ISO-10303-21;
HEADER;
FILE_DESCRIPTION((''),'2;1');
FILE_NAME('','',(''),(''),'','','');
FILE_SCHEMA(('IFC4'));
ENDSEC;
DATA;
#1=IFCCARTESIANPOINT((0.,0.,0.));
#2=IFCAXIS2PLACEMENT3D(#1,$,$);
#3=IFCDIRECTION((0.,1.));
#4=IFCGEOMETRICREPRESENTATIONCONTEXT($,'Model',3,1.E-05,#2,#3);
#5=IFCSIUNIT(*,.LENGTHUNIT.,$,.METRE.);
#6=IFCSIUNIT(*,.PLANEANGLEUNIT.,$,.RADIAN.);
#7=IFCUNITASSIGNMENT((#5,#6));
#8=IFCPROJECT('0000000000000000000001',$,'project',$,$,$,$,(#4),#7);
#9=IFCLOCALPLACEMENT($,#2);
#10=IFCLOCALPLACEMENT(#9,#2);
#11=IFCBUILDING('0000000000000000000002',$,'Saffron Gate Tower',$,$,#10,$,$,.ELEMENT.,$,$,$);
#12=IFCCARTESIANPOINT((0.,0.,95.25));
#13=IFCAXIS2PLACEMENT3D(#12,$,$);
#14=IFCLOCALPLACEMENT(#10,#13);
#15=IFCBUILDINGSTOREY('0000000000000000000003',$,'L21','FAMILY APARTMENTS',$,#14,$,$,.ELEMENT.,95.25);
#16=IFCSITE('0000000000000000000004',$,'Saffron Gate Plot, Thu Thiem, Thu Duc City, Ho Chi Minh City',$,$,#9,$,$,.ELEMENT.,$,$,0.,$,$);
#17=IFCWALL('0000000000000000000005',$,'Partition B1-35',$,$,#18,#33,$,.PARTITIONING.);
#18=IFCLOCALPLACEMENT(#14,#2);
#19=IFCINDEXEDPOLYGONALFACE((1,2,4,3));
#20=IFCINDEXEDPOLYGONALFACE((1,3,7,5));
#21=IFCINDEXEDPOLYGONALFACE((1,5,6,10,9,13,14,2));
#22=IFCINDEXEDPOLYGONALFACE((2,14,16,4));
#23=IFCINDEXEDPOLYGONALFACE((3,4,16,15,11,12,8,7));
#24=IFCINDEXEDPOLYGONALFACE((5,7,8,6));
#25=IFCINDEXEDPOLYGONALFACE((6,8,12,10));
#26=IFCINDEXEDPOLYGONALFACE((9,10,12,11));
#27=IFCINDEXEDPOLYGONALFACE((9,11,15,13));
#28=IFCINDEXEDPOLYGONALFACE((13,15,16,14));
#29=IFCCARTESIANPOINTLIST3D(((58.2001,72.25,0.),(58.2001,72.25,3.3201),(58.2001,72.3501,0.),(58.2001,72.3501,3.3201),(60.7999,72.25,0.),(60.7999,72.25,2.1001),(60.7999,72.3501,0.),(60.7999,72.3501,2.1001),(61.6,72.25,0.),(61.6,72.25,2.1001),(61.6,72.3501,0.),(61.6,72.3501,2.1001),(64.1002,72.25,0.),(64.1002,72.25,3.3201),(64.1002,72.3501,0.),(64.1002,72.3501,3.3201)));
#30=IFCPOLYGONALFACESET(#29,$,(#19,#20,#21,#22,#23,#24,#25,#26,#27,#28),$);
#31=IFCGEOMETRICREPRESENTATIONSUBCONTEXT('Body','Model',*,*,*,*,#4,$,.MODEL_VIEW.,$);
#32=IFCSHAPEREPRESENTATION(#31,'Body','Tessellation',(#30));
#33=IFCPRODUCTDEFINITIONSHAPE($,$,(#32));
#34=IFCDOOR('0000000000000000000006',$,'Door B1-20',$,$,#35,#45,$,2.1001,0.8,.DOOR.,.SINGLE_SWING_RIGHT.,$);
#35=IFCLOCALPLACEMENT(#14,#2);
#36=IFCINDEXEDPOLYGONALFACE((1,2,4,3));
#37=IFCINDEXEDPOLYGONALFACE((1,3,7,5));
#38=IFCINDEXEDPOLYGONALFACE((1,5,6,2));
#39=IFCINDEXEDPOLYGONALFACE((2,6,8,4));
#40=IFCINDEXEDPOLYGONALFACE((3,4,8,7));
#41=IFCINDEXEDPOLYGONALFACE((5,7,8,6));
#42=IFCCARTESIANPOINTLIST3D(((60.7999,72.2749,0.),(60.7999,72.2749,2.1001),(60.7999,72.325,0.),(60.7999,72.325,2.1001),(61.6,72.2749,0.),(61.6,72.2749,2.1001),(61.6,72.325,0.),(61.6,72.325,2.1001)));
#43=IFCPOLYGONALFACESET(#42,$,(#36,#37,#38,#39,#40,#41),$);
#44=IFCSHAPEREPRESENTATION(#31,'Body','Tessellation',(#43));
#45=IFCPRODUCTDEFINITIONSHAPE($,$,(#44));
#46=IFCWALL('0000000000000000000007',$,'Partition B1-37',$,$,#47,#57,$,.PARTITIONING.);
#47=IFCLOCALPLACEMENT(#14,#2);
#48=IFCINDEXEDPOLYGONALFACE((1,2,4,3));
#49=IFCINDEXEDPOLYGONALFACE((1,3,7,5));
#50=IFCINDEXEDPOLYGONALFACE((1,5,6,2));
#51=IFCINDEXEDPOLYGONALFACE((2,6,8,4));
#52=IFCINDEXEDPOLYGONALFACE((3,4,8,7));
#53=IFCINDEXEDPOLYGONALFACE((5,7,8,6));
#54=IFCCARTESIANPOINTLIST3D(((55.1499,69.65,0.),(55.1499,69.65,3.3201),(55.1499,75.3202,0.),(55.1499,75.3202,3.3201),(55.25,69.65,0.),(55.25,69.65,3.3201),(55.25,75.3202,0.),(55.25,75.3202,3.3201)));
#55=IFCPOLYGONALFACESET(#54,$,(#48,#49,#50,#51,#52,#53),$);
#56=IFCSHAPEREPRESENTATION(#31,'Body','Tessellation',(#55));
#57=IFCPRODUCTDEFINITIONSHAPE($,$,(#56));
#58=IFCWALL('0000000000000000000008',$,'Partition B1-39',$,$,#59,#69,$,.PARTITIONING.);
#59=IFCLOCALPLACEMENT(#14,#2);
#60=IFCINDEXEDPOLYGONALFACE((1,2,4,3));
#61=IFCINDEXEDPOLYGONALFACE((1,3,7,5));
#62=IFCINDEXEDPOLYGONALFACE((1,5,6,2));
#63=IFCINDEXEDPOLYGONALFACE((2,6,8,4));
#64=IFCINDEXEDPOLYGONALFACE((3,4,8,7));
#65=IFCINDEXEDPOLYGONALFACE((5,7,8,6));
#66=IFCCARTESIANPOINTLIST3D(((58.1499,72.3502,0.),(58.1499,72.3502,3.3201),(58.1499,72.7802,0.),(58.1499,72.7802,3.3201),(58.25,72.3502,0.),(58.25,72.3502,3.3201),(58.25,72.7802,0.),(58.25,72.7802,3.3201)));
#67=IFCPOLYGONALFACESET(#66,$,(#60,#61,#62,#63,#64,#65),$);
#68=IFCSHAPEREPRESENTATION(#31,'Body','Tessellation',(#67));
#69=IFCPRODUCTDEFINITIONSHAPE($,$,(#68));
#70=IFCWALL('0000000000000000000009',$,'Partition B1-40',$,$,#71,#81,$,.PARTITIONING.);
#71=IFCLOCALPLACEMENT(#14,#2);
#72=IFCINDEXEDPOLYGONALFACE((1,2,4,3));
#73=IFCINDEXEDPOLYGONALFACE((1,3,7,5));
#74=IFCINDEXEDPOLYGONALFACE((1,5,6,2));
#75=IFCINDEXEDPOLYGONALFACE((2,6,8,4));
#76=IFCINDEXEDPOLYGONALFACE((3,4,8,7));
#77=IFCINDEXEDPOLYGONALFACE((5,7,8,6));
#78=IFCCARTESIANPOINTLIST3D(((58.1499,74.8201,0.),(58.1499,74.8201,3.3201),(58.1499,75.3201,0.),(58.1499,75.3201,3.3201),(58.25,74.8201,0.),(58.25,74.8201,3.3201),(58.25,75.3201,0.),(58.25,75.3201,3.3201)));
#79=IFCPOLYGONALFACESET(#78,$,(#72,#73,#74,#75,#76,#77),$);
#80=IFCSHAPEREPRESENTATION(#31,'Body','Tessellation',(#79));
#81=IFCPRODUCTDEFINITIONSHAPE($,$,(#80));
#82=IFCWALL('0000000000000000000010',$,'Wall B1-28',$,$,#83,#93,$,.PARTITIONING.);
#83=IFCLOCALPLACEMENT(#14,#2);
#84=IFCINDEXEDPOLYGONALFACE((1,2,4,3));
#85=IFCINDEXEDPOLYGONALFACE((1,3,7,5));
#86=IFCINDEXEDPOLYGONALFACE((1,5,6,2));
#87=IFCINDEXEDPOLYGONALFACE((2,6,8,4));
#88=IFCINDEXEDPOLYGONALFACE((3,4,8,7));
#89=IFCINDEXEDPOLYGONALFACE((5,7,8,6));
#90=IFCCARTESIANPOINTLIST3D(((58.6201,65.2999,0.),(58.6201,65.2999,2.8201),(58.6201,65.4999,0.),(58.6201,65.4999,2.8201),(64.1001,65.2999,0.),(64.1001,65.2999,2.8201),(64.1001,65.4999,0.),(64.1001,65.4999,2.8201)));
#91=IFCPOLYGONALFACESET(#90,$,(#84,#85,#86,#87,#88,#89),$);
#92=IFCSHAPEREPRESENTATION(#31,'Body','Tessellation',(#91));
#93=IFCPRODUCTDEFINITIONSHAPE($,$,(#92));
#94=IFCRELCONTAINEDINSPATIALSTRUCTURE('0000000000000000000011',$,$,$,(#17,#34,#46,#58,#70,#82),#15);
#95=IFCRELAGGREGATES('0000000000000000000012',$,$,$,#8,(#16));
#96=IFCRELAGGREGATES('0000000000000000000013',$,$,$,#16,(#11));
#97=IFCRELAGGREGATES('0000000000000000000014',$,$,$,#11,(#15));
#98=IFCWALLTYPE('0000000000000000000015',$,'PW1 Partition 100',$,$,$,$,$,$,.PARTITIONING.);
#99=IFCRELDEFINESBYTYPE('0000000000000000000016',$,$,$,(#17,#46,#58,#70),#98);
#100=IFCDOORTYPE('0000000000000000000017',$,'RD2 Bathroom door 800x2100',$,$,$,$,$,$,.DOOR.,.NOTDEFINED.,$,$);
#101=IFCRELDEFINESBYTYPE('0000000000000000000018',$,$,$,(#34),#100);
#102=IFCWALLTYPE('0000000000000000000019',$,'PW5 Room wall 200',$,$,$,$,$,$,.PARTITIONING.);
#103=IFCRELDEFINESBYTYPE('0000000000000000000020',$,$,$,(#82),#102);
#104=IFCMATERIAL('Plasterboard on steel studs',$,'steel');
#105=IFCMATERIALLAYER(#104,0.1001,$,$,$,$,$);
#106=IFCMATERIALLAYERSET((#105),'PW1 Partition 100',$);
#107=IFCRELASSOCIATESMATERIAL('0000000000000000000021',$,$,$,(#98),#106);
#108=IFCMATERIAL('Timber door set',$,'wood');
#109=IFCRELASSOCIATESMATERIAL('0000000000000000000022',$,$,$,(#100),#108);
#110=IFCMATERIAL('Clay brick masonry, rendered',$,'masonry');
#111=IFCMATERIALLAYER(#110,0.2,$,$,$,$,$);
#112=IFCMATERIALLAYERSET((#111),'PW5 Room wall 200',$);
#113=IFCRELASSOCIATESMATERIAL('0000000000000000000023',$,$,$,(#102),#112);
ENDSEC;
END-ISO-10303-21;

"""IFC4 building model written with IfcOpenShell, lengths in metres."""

from ifc_helpers import new_model, si_unit, direction, frame, frame_2d, origin, place, context, subcontext, project, spatial, rectangle, extrude, material, layer, layer_set, type_object, element, fill, save


model = new_model("IFC4")

# Units and contexts
model_context = context("Model", 3, precision=1e-05, world=origin(), true_north=direction((0.0, 1.0)))
body_context = subcontext(model_context, "Body", "Model", "MODEL_VIEW")
ifc_project = project(units=[si_unit("LENGTHUNIT", "METRE"), si_unit("PLANEANGLEUNIT", "RADIAN")], contexts=[model_context])

# Site, building, storey
site_placement = place(None, origin())
site = spatial("IfcSite", under=ifc_project, at=site_placement, Name="Saffron Gate Plot, Thu Thiem, Thu Duc City, Ho Chi Minh City", CompositionType="ELEMENT", RefElevation=0.0)
building_placement = place(site_placement, origin())
building = spatial("IfcBuilding", under=site, at=building_placement, Name="Saffron Gate Tower", CompositionType="ELEMENT")
storey_placement = place(building_placement, frame((0.0, 0.0, 95.25)))
storey = spatial("IfcBuildingStorey", under=building, at=storey_placement, Name="L21", Description="FAMILY APARTMENTS", CompositionType="ELEMENT", Elevation=95.25)

# Wall, opening, door
ifc_material_1 = material(Name="Plasterboard on steel studs", Category="steel")
ifc_layer_1 = layer(ifc_material_1, 0.1001)
ifc_layer_set_1 = layer_set([ifc_layer_1], Name="PW1 Partition 100")
wall_type_1 = type_object("IfcWallType", Name="PW1 Partition 100", PredefinedType="PARTITIONING", material=ifc_layer_set_1)
wall_1_placement = place(storey_placement, frame((58.2, 72.3, 0.0), z_axis=(0.0, 0.0, 1.0), x_axis=(1.0, 0.0, 0.0)))
wall_1 = element("IfcWall", 1, at=wall_1_placement, inside=storey, type_object=wall_type_1, Name="Partition B1-35", PredefinedType="PARTITIONING", context=body_context, shape_type="SweptSolid", body=[
    extrude(rectangle(XDim=5.9001, YDim=0.1001, at=frame_2d((2.9502, 0.0))), origin(), (0.0, 0.0, 1.0), 3.3201),
])
opening_1_placement = place(wall_1_placement, frame((2.6001, 0.0, 0.0)))
opening_1 = element("IfcOpeningElement", 2, at=opening_1_placement, cuts=wall_1, PredefinedType="OPENING", context=body_context, shape_type="SweptSolid", body=[
    extrude(rectangle(XDim=0.8, YDim=2.1001, at=frame_2d((0.3999, 1.05))), frame((0.0, 0.0601, 0.0), z_axis=(0.0, -1.0, 0.0), x_axis=(1.0, 0.0, 0.0)), (0.0, 0.0, 1.0), 0.1201),
])
ifc_material_2 = material(Name="Timber door set", Category="wood")
door_type_1 = type_object("IfcDoorType", Name="RD2 Bathroom door 800x2100", OperationType="NOTDEFINED", PredefinedType="DOOR", material=ifc_material_2)
door_1_placement = place(opening_1_placement, origin())
door_1 = element("IfcDoor", 3, at=door_1_placement, inside=storey, type_object=door_type_1, Name="Door B1-20", OperationType="SINGLE_SWING_RIGHT", OverallHeight=2.1001, OverallWidth=0.8, PredefinedType="DOOR", context=body_context, shape_type="SweptSolid", body=[
    extrude(rectangle(XDim=0.8, YDim=2.1001, at=frame_2d((0.3999, 1.05))), frame((0.0, 0.0249, 0.0), z_axis=(0.0, -1.0, 0.0), x_axis=(1.0, 0.0, 0.0)), (0.0, 0.0, 1.0), 0.05),
])
fill(opening_1, door_1)

# Walls
wall_2_placement = place(storey_placement, frame((55.2, 75.3201, 0.0), z_axis=(0.0, 0.0, 1.0), x_axis=(0.0, -1.0, 0.0)))
element("IfcWall", 4, at=wall_2_placement, inside=storey, type_object=wall_type_1, Name="Partition B1-37", PredefinedType="PARTITIONING", context=body_context, shape_type="SweptSolid", body=[
    extrude(rectangle(XDim=5.6702, YDim=0.1001, at=frame_2d((2.835, 0.0))), origin(), (0.0, 0.0, 1.0), 3.3201),
])
wall_3_placement = place(storey_placement, frame((58.2, 72.78, 0.0), z_axis=(0.0, 0.0, 1.0), x_axis=(0.0, -1.0, 0.0)))
element("IfcWall", 5, at=wall_3_placement, inside=storey, type_object=wall_type_1, Name="Partition B1-39", PredefinedType="PARTITIONING", context=body_context, shape_type="SweptSolid", body=[
    extrude(rectangle(XDim=0.4299, YDim=0.1001, at=frame_2d((0.2148, 0.0))), origin(), (0.0, 0.0, 1.0), 3.3201),
])
wall_4_placement = place(storey_placement, frame((58.2, 75.3201, 0.0), z_axis=(0.0, 0.0, 1.0), x_axis=(0.0, -1.0, 0.0)))
element("IfcWall", 6, at=wall_4_placement, inside=storey, type_object=wall_type_1, Name="Partition B1-40", PredefinedType="PARTITIONING", context=body_context, shape_type="SweptSolid", body=[
    extrude(rectangle(XDim=0.5, YDim=0.1001, at=frame_2d((0.25, 0.0))), origin(), (0.0, 0.0, 1.0), 3.3201),
])
ifc_material_3 = material(Name="Clay brick masonry, rendered", Category="masonry")
ifc_layer_2 = layer(ifc_material_3, 0.2)
ifc_layer_set_2 = layer_set([ifc_layer_2], Name="PW5 Room wall 200")
wall_type_2 = type_object("IfcWallType", Name="PW5 Room wall 200", PredefinedType="PARTITIONING", material=ifc_layer_set_2)
wall_5_placement = place(storey_placement, frame((58.6201, 65.3999, 0.0), z_axis=(0.0, 0.0, 1.0), x_axis=(1.0, 0.0, 0.0)))
element("IfcWall", 7, at=wall_5_placement, inside=storey, type_object=wall_type_2, Name="Wall B1-28", PredefinedType="PARTITIONING", context=body_context, shape_type="SweptSolid", body=[
    extrude(rectangle(XDim=5.48, YDim=0.2, at=frame_2d((2.74, 0.0))), origin(), (0.0, 0.0, 1.0), 2.8201),
])

save(model, "model.ifc")
